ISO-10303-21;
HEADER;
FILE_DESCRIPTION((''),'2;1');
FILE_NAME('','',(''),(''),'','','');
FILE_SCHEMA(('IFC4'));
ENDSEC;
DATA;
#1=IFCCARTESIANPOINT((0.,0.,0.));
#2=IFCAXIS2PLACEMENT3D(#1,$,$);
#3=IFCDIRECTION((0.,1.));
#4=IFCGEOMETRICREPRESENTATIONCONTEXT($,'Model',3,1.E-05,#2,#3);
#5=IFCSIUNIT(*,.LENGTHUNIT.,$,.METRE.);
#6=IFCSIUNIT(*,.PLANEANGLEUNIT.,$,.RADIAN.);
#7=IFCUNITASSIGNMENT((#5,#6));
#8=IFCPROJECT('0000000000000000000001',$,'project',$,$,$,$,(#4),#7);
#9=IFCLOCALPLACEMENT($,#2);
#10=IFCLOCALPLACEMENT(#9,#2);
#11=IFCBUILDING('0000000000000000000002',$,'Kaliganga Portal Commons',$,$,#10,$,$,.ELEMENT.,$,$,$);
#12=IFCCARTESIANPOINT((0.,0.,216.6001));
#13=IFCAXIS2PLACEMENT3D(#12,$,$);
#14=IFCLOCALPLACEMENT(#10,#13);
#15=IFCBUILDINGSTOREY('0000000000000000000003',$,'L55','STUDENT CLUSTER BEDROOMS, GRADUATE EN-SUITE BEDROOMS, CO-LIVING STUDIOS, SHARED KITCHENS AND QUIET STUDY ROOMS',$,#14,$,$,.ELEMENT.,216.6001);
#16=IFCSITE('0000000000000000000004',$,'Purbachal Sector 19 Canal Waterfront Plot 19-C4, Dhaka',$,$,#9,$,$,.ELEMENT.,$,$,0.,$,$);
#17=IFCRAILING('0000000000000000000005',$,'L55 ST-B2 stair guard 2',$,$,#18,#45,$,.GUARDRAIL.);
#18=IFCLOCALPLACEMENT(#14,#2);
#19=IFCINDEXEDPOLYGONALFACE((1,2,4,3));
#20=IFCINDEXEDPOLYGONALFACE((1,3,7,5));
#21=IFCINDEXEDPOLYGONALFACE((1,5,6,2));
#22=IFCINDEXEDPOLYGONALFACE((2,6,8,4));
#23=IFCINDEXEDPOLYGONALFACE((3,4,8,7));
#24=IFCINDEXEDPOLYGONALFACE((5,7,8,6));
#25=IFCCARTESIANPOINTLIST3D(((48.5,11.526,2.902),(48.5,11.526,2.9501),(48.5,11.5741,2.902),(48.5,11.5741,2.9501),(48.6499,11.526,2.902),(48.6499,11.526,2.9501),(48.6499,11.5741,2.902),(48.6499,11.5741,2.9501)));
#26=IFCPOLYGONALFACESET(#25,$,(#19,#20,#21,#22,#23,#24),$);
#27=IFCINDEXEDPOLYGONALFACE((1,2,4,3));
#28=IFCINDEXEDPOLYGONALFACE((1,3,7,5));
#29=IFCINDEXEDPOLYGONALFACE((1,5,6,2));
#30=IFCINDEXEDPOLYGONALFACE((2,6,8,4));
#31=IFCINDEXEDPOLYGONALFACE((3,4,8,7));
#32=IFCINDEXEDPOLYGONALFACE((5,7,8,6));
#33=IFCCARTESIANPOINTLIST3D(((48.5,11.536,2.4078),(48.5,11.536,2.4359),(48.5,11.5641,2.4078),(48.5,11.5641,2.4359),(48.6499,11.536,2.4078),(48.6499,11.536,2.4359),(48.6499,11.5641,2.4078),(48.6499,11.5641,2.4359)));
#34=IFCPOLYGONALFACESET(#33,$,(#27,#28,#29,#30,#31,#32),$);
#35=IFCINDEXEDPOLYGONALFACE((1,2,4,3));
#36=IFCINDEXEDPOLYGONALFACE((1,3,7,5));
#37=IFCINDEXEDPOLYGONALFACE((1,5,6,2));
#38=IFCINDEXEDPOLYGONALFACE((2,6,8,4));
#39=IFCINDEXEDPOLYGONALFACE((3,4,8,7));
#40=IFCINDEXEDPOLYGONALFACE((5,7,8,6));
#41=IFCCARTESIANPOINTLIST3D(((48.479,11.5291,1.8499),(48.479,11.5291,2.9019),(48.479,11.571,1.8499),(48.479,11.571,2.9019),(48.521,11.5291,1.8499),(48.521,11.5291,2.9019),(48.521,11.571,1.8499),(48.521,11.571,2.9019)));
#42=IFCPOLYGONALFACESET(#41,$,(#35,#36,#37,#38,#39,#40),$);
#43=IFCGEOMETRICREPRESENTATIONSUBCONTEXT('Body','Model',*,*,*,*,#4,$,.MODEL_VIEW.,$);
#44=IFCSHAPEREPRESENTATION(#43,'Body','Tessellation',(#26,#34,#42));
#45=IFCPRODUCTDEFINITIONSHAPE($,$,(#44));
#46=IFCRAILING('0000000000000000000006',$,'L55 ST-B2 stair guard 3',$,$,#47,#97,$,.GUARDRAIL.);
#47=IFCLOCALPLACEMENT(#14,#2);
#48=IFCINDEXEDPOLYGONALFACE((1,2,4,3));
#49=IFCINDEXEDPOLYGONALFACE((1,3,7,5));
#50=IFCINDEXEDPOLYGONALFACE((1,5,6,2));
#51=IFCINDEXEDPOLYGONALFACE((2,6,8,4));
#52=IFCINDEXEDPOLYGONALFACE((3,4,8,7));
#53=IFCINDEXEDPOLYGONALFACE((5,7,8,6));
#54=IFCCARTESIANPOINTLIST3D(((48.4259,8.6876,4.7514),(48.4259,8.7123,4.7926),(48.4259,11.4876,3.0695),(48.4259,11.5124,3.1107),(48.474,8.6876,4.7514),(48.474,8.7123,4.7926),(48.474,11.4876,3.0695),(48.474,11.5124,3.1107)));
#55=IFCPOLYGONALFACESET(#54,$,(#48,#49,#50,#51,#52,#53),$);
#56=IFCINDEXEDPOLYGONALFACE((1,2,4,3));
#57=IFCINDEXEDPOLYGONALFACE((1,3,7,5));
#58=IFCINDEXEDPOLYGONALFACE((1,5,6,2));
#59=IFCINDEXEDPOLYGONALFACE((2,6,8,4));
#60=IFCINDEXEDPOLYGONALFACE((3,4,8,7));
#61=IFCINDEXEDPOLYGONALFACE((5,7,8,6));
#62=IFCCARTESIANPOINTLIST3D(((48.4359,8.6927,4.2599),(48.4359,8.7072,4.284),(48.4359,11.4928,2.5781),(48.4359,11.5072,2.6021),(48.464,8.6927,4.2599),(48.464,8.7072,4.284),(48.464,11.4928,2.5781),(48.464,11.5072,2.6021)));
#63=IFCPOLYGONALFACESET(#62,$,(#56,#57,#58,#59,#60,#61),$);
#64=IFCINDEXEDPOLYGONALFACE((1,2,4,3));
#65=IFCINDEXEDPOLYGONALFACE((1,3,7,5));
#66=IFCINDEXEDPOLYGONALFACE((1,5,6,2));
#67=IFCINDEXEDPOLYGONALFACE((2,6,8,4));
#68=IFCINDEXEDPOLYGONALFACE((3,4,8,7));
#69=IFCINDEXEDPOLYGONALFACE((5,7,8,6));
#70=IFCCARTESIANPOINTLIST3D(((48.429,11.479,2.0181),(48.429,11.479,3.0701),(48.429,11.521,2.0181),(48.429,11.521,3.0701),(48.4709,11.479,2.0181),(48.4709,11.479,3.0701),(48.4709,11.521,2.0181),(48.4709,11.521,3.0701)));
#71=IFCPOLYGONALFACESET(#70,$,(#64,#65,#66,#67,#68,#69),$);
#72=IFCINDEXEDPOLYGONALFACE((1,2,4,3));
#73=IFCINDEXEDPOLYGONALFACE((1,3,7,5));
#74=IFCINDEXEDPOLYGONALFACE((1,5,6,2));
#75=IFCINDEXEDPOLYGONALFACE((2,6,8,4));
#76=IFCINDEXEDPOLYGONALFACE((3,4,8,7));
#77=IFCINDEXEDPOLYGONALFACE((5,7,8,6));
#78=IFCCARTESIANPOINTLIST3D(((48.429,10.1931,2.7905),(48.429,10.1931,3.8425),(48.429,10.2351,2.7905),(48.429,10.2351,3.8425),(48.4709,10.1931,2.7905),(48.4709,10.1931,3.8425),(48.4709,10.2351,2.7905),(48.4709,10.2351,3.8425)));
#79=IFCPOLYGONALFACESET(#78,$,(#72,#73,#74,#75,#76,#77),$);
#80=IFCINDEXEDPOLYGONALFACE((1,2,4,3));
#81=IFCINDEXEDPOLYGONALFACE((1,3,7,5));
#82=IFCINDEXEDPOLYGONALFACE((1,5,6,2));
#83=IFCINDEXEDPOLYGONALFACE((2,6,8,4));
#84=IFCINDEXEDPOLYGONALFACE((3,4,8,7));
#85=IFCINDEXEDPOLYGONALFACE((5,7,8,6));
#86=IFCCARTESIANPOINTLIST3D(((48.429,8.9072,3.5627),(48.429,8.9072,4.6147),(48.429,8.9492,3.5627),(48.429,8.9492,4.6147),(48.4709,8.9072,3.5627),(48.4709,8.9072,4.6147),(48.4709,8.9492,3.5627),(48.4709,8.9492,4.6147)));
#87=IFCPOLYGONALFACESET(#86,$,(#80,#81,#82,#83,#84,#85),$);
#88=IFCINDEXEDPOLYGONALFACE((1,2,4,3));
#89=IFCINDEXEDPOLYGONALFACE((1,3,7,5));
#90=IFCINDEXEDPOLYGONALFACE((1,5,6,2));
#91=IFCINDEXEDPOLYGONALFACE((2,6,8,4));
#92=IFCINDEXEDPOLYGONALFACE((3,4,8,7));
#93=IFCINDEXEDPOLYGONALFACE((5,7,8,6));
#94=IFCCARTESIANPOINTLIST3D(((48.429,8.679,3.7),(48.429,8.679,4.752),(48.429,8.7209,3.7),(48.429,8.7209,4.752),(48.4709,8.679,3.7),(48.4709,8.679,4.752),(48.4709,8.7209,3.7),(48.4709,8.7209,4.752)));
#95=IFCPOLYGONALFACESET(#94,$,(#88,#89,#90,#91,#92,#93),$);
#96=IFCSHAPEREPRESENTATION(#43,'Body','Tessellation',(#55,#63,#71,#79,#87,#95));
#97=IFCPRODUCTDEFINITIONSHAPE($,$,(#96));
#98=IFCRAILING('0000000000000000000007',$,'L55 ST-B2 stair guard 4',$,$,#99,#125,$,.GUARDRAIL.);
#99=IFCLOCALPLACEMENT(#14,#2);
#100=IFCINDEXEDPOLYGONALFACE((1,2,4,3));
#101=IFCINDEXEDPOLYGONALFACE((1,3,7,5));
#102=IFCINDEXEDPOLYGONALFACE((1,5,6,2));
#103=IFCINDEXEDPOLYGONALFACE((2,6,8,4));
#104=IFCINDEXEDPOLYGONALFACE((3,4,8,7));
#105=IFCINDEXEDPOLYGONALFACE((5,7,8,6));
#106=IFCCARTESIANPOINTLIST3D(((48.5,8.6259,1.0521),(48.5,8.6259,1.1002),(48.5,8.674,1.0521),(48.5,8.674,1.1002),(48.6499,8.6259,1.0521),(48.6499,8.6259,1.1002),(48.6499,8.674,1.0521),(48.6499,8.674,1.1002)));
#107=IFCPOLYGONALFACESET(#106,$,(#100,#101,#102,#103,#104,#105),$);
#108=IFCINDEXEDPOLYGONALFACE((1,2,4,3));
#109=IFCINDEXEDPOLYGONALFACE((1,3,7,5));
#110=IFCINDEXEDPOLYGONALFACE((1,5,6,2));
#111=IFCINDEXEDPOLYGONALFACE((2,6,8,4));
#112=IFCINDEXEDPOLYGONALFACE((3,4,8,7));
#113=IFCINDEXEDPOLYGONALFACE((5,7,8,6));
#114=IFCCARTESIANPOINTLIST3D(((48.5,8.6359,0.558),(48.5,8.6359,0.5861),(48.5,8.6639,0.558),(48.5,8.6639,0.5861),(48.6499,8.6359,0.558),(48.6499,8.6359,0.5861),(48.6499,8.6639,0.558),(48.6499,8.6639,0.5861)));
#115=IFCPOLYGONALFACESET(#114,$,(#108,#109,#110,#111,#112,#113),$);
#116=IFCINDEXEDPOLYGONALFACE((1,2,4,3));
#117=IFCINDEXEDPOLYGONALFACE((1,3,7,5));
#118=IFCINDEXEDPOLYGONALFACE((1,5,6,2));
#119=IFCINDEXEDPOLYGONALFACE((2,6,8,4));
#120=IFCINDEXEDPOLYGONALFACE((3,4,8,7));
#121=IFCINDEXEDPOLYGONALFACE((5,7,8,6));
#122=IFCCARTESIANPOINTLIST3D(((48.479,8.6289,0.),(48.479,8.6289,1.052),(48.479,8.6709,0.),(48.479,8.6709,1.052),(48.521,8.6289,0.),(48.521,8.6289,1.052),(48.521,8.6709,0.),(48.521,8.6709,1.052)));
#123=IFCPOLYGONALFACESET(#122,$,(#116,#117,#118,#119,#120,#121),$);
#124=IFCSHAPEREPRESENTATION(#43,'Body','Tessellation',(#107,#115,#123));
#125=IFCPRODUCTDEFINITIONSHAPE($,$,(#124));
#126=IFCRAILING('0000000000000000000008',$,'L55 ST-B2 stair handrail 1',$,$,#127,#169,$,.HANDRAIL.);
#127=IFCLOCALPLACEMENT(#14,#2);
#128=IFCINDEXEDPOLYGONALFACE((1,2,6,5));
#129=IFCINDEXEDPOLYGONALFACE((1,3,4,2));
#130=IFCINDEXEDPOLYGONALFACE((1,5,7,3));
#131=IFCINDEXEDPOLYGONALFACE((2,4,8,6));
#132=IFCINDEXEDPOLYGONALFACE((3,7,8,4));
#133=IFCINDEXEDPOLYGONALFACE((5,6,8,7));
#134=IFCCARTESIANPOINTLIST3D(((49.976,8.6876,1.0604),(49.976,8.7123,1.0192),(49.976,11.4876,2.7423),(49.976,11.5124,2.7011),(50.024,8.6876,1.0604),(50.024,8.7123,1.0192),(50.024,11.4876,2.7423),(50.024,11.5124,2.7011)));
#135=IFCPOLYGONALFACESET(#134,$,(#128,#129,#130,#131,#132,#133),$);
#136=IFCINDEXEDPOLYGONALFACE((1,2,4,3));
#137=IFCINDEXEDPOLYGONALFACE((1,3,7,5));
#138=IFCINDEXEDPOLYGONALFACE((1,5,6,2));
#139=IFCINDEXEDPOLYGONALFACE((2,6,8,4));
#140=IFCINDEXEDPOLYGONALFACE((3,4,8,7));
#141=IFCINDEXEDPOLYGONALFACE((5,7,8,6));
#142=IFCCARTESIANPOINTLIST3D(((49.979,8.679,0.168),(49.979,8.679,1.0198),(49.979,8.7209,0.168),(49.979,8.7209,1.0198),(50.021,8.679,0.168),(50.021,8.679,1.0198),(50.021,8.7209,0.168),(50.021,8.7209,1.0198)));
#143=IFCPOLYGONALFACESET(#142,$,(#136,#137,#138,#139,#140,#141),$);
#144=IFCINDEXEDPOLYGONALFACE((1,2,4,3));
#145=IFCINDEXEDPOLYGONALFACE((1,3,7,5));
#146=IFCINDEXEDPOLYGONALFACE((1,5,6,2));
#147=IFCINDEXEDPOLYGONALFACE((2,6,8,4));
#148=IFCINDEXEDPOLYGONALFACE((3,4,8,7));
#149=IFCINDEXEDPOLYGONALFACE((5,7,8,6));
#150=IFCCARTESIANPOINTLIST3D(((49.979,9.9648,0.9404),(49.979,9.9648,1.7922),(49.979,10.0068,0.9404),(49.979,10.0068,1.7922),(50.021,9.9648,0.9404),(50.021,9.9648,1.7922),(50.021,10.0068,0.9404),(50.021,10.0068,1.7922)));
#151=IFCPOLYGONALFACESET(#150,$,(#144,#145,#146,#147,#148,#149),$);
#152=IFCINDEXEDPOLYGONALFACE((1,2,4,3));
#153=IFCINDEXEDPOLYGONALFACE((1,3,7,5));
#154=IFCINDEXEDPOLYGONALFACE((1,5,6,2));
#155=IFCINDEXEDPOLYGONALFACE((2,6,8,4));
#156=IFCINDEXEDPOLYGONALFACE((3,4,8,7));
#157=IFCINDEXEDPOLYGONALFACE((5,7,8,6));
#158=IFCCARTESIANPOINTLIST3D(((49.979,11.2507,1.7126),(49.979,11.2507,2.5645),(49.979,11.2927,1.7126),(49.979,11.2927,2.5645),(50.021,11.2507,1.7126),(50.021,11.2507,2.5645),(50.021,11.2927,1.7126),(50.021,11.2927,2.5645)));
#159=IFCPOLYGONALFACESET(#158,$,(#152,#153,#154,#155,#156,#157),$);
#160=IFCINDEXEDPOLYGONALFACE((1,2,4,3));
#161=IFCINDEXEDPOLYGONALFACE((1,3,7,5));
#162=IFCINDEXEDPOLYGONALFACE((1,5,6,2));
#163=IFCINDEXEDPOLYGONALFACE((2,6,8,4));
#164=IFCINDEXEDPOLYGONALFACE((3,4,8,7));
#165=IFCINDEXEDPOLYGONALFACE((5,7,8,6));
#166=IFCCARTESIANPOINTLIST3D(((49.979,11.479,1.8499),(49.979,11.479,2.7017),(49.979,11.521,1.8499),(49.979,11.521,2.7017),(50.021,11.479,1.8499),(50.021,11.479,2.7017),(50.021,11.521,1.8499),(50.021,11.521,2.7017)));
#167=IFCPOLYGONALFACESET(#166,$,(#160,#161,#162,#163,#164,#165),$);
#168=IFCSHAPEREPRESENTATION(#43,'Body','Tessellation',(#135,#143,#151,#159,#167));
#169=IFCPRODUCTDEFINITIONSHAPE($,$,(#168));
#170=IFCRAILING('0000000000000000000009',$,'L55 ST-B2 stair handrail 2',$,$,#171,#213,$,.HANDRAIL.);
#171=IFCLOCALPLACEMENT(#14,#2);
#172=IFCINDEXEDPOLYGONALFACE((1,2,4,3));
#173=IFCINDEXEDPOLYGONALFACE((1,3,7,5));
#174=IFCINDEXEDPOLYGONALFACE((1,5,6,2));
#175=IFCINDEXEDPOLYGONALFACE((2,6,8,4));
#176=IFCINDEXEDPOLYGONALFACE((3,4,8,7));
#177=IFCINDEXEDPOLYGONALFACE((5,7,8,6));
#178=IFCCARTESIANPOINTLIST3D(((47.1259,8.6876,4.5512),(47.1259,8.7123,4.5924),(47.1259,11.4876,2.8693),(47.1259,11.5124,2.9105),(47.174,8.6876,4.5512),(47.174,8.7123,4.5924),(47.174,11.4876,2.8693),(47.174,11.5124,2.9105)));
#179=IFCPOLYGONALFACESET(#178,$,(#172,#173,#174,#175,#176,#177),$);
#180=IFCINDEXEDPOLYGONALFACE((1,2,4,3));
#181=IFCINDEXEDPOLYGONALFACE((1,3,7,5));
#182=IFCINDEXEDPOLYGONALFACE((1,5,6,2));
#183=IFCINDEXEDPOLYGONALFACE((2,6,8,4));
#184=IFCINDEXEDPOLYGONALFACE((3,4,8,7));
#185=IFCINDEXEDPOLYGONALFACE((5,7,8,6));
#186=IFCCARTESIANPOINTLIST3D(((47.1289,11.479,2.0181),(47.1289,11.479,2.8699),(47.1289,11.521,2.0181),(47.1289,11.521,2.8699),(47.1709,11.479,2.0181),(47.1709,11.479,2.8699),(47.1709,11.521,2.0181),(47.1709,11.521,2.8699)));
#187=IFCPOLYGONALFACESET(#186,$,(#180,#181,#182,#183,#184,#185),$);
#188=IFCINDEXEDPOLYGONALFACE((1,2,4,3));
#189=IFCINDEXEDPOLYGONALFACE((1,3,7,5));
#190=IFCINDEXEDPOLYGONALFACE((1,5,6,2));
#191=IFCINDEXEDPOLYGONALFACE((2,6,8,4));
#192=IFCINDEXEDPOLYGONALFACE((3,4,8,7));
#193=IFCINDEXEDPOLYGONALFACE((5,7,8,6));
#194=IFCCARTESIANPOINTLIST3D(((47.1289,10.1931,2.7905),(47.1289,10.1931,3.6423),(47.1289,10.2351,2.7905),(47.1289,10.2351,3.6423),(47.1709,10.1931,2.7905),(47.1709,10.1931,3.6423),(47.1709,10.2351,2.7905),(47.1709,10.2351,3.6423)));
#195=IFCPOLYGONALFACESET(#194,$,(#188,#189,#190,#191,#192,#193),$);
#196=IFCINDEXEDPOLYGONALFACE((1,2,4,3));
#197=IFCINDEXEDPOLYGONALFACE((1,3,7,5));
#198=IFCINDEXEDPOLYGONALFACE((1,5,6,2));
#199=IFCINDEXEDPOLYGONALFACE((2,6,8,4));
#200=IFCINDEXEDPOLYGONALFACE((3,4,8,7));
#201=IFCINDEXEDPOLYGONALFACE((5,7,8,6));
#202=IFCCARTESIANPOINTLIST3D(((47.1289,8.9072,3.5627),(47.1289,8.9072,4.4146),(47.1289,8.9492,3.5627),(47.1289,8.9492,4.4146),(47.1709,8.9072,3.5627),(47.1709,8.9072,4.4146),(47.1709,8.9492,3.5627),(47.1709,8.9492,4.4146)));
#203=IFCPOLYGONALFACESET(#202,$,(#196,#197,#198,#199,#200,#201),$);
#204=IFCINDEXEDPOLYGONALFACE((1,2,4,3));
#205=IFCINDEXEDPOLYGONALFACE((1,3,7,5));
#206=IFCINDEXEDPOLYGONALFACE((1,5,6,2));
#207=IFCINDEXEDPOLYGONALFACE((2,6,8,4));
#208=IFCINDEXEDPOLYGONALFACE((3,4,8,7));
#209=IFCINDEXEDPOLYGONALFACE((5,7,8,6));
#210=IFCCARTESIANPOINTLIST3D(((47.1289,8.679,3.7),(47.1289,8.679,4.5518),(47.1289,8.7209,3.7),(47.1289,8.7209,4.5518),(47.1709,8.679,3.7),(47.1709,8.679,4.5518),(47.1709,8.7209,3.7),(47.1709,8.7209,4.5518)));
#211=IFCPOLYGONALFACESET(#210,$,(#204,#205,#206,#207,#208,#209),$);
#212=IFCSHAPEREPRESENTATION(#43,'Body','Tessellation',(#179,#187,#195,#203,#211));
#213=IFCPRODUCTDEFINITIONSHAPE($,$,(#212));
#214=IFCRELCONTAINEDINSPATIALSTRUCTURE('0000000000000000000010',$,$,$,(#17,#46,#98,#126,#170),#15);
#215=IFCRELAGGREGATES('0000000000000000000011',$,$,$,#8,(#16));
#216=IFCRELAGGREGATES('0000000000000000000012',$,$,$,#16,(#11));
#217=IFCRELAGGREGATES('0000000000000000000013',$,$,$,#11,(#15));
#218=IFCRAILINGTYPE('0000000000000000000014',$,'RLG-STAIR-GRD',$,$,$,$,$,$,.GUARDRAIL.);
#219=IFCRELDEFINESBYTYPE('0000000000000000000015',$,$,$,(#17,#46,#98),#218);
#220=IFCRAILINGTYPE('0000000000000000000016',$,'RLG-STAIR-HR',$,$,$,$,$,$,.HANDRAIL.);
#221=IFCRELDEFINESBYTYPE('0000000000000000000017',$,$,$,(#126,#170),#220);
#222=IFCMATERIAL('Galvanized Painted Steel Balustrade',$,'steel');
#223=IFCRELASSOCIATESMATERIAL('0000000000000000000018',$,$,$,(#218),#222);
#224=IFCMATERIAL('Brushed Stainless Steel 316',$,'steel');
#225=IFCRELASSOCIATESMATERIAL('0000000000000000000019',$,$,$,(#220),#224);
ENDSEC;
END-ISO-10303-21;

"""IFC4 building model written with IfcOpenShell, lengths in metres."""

from ifc_helpers import new_model, si_unit, direction, frame, origin, origin_2d, place, context, subcontext, project, spatial, rectangle, extrude, material, type_object, element, save


model = new_model("IFC4")

# Units and contexts
model_context = context("Model", 3, precision=1e-05, world=origin(), true_north=direction((0.0, 1.0)))
body_context = subcontext(model_context, "Body", "Model", "MODEL_VIEW")
ifc_project = project(units=[si_unit("LENGTHUNIT", "METRE"), si_unit("PLANEANGLEUNIT", "RADIAN")], contexts=[model_context])

# Site, building, storey
site_placement = place(None, origin())
site = spatial("IfcSite", under=ifc_project, at=site_placement, Name="Purbachal Sector 19 Canal Waterfront Plot 19-C4, Dhaka", CompositionType="ELEMENT", RefElevation=0.0)
building_placement = place(site_placement, origin())
building = spatial("IfcBuilding", under=site, at=building_placement, Name="Kaliganga Portal Commons", CompositionType="ELEMENT")
storey_placement = place(building_placement, frame((0.0, 0.0, 216.6001)))
storey = spatial("IfcBuildingStorey", under=building, at=storey_placement, Name="L55", Description="STUDENT CLUSTER BEDROOMS, GRADUATE EN-SUITE BEDROOMS, CO-LIVING STUDIOS, SHARED KITCHENS AND QUIET STUDY ROOMS", CompositionType="ELEMENT", Elevation=216.6001)

# Railings
ifc_material_1 = material(Name="Galvanized Painted Steel Balustrade", Category="steel")
railing_type_1 = type_object("IfcRailingType", Name="RLG-STAIR-GRD", PredefinedType="GUARDRAIL", material=ifc_material_1)
railing_1_placement = place(storey_placement, frame((48.6499, 11.55, 1.8499)))
element("IfcRailing", 1, at=railing_1_placement, inside=storey, type_object=railing_type_1, Name="L55 ST-B2 stair guard 2", PredefinedType="GUARDRAIL", context=body_context, shape_type="SweptSolid", body=[
    extrude(rectangle(XDim=0.0481, YDim=0.0481, at=origin_2d()), frame((0.0, 0.0, 1.0762), z_axis=(-1.0, 0.0, 0.0), x_axis=(0.0, -1.0, 0.0)), (0.0, 0.0, 1.0), 0.1499),
    extrude(rectangle(XDim=0.0281, YDim=0.0281, at=origin_2d()), frame((0.0, 0.0, 0.572), z_axis=(-1.0, 0.0, 0.0), x_axis=(0.0, -1.0, 0.0)), (0.0, 0.0, 1.0), 0.1499),
    extrude(rectangle(XDim=0.042, YDim=0.042, at=origin_2d()), frame((-0.1499, 0.0, 0.0)), (0.0, 0.0, 1.0), 1.052),
])
railing_2_placement = place(storey_placement, frame((48.45, 11.5, 2.0181)))
element("IfcRailing", 2, at=railing_2_placement, inside=storey, type_object=railing_type_1, Name="L55 ST-B2 stair guard 3", PredefinedType="GUARDRAIL", context=body_context, shape_type="SweptSolid", body=[
    extrude(rectangle(XDim=0.0481, YDim=0.0481, at=origin_2d()), frame((0.0, 0.0, 1.072), z_axis=(0.0, -0.857242, 0.514913), x_axis=(1.0, 0.0, 0.0)), (0.0, 0.0, 1.0), 3.2664),
    extrude(rectangle(XDim=0.0281, YDim=0.0281, at=origin_2d()), frame((0.0, 0.0, 0.572), z_axis=(0.0, -0.857242, 0.514913), x_axis=(1.0, 0.0, 0.0)), (0.0, 0.0, 1.0), 3.2664),
    extrude(rectangle(XDim=0.042, YDim=0.042, at=origin_2d()), origin(), (0.0, 0.0, 1.0), 1.052),
    extrude(rectangle(XDim=0.042, YDim=0.042, at=origin_2d()), frame((0.0, -1.2859, 0.7725)), (0.0, 0.0, 1.0), 1.052),
    extrude(rectangle(XDim=0.042, YDim=0.042, at=origin_2d()), frame((0.0, -2.5718, 1.5447)), (0.0, 0.0, 1.0), 1.052),
    extrude(rectangle(XDim=0.042, YDim=0.042, at=origin_2d()), frame((0.0, -2.8, 1.6819)), (0.0, 0.0, 1.0), 1.052),
])
railing_3_placement = place(storey_placement, frame((48.6499, 8.6499, 0.0)))
element("IfcRailing", 3, at=railing_3_placement, inside=storey, type_object=railing_type_1, Name="L55 ST-B2 stair guard 4", PredefinedType="GUARDRAIL", context=body_context, shape_type="SweptSolid", body=[
    extrude(rectangle(XDim=0.0481, YDim=0.0481, at=origin_2d()), frame((0.0, 0.0, 1.0762), z_axis=(-1.0, 0.0, 0.0), x_axis=(0.0, -1.0, 0.0)), (0.0, 0.0, 1.0), 0.1499),
    extrude(rectangle(XDim=0.0281, YDim=0.0281, at=origin_2d()), frame((0.0, 0.0, 0.572), z_axis=(-1.0, 0.0, 0.0), x_axis=(0.0, -1.0, 0.0)), (0.0, 0.0, 1.0), 0.1499),
    extrude(rectangle(XDim=0.042, YDim=0.042, at=origin_2d()), frame((-0.1499, 0.0, 0.0)), (0.0, 0.0, 1.0), 1.052),
])
ifc_material_2 = material(Name="Brushed Stainless Steel 316", Category="steel")
railing_type_2 = type_object("IfcRailingType", Name="RLG-STAIR-HR", PredefinedType="HANDRAIL", material=ifc_material_2)
railing_4_placement = place(storey_placement, frame((50.0, 8.7, 0.168)))
element("IfcRailing", 4, at=railing_4_placement, inside=storey, type_object=railing_type_2, Name="L55 ST-B2 stair handrail 1", PredefinedType="HANDRAIL", context=body_context, shape_type="SweptSolid", body=[
    extrude(rectangle(XDim=0.0481, YDim=0.0481, at=origin_2d()), frame((0.0, 0.0, 0.8718), z_axis=(0.0, 0.857242, 0.514913), x_axis=(-1.0, 0.0, 0.0)), (0.0, 0.0, 1.0), 3.2664),
    extrude(rectangle(XDim=0.042, YDim=0.042, at=origin_2d()), origin(), (0.0, 0.0, 1.0), 0.8518),
    extrude(rectangle(XDim=0.042, YDim=0.042, at=origin_2d()), frame((0.0, 1.2859, 0.7725)), (0.0, 0.0, 1.0), 0.8518),
    extrude(rectangle(XDim=0.042, YDim=0.042, at=origin_2d()), frame((0.0, 2.5718, 1.5447)), (0.0, 0.0, 1.0), 0.8518),
    extrude(rectangle(XDim=0.042, YDim=0.042, at=origin_2d()), frame((0.0, 2.8, 1.6819)), (0.0, 0.0, 1.0), 0.8518),
])
railing_5_placement = place(storey_placement, frame((47.1499, 11.5, 2.0181)))
element("IfcRailing", 5, at=railing_5_placement, inside=storey, type_object=railing_type_2, Name="L55 ST-B2 stair handrail 2", PredefinedType="HANDRAIL", context=body_context, shape_type="SweptSolid", body=[
    extrude(rectangle(XDim=0.0481, YDim=0.0481, at=origin_2d()), frame((0.0, 0.0, 0.8718), z_axis=(0.0, -0.857242, 0.514913), x_axis=(1.0, 0.0, 0.0)), (0.0, 0.0, 1.0), 3.2664),
    extrude(rectangle(XDim=0.042, YDim=0.042, at=origin_2d()), origin(), (0.0, 0.0, 1.0), 0.8518),
    extrude(rectangle(XDim=0.042, YDim=0.042, at=origin_2d()), frame((0.0, -1.2859, 0.7725)), (0.0, 0.0, 1.0), 0.8518),
    extrude(rectangle(XDim=0.042, YDim=0.042, at=origin_2d()), frame((0.0, -2.5718, 1.5447)), (0.0, 0.0, 1.0), 0.8518),
    extrude(rectangle(XDim=0.042, YDim=0.042, at=origin_2d()), frame((0.0, -2.8, 1.6819)), (0.0, 0.0, 1.0), 0.8518),
])

save(model, "model.ifc")
